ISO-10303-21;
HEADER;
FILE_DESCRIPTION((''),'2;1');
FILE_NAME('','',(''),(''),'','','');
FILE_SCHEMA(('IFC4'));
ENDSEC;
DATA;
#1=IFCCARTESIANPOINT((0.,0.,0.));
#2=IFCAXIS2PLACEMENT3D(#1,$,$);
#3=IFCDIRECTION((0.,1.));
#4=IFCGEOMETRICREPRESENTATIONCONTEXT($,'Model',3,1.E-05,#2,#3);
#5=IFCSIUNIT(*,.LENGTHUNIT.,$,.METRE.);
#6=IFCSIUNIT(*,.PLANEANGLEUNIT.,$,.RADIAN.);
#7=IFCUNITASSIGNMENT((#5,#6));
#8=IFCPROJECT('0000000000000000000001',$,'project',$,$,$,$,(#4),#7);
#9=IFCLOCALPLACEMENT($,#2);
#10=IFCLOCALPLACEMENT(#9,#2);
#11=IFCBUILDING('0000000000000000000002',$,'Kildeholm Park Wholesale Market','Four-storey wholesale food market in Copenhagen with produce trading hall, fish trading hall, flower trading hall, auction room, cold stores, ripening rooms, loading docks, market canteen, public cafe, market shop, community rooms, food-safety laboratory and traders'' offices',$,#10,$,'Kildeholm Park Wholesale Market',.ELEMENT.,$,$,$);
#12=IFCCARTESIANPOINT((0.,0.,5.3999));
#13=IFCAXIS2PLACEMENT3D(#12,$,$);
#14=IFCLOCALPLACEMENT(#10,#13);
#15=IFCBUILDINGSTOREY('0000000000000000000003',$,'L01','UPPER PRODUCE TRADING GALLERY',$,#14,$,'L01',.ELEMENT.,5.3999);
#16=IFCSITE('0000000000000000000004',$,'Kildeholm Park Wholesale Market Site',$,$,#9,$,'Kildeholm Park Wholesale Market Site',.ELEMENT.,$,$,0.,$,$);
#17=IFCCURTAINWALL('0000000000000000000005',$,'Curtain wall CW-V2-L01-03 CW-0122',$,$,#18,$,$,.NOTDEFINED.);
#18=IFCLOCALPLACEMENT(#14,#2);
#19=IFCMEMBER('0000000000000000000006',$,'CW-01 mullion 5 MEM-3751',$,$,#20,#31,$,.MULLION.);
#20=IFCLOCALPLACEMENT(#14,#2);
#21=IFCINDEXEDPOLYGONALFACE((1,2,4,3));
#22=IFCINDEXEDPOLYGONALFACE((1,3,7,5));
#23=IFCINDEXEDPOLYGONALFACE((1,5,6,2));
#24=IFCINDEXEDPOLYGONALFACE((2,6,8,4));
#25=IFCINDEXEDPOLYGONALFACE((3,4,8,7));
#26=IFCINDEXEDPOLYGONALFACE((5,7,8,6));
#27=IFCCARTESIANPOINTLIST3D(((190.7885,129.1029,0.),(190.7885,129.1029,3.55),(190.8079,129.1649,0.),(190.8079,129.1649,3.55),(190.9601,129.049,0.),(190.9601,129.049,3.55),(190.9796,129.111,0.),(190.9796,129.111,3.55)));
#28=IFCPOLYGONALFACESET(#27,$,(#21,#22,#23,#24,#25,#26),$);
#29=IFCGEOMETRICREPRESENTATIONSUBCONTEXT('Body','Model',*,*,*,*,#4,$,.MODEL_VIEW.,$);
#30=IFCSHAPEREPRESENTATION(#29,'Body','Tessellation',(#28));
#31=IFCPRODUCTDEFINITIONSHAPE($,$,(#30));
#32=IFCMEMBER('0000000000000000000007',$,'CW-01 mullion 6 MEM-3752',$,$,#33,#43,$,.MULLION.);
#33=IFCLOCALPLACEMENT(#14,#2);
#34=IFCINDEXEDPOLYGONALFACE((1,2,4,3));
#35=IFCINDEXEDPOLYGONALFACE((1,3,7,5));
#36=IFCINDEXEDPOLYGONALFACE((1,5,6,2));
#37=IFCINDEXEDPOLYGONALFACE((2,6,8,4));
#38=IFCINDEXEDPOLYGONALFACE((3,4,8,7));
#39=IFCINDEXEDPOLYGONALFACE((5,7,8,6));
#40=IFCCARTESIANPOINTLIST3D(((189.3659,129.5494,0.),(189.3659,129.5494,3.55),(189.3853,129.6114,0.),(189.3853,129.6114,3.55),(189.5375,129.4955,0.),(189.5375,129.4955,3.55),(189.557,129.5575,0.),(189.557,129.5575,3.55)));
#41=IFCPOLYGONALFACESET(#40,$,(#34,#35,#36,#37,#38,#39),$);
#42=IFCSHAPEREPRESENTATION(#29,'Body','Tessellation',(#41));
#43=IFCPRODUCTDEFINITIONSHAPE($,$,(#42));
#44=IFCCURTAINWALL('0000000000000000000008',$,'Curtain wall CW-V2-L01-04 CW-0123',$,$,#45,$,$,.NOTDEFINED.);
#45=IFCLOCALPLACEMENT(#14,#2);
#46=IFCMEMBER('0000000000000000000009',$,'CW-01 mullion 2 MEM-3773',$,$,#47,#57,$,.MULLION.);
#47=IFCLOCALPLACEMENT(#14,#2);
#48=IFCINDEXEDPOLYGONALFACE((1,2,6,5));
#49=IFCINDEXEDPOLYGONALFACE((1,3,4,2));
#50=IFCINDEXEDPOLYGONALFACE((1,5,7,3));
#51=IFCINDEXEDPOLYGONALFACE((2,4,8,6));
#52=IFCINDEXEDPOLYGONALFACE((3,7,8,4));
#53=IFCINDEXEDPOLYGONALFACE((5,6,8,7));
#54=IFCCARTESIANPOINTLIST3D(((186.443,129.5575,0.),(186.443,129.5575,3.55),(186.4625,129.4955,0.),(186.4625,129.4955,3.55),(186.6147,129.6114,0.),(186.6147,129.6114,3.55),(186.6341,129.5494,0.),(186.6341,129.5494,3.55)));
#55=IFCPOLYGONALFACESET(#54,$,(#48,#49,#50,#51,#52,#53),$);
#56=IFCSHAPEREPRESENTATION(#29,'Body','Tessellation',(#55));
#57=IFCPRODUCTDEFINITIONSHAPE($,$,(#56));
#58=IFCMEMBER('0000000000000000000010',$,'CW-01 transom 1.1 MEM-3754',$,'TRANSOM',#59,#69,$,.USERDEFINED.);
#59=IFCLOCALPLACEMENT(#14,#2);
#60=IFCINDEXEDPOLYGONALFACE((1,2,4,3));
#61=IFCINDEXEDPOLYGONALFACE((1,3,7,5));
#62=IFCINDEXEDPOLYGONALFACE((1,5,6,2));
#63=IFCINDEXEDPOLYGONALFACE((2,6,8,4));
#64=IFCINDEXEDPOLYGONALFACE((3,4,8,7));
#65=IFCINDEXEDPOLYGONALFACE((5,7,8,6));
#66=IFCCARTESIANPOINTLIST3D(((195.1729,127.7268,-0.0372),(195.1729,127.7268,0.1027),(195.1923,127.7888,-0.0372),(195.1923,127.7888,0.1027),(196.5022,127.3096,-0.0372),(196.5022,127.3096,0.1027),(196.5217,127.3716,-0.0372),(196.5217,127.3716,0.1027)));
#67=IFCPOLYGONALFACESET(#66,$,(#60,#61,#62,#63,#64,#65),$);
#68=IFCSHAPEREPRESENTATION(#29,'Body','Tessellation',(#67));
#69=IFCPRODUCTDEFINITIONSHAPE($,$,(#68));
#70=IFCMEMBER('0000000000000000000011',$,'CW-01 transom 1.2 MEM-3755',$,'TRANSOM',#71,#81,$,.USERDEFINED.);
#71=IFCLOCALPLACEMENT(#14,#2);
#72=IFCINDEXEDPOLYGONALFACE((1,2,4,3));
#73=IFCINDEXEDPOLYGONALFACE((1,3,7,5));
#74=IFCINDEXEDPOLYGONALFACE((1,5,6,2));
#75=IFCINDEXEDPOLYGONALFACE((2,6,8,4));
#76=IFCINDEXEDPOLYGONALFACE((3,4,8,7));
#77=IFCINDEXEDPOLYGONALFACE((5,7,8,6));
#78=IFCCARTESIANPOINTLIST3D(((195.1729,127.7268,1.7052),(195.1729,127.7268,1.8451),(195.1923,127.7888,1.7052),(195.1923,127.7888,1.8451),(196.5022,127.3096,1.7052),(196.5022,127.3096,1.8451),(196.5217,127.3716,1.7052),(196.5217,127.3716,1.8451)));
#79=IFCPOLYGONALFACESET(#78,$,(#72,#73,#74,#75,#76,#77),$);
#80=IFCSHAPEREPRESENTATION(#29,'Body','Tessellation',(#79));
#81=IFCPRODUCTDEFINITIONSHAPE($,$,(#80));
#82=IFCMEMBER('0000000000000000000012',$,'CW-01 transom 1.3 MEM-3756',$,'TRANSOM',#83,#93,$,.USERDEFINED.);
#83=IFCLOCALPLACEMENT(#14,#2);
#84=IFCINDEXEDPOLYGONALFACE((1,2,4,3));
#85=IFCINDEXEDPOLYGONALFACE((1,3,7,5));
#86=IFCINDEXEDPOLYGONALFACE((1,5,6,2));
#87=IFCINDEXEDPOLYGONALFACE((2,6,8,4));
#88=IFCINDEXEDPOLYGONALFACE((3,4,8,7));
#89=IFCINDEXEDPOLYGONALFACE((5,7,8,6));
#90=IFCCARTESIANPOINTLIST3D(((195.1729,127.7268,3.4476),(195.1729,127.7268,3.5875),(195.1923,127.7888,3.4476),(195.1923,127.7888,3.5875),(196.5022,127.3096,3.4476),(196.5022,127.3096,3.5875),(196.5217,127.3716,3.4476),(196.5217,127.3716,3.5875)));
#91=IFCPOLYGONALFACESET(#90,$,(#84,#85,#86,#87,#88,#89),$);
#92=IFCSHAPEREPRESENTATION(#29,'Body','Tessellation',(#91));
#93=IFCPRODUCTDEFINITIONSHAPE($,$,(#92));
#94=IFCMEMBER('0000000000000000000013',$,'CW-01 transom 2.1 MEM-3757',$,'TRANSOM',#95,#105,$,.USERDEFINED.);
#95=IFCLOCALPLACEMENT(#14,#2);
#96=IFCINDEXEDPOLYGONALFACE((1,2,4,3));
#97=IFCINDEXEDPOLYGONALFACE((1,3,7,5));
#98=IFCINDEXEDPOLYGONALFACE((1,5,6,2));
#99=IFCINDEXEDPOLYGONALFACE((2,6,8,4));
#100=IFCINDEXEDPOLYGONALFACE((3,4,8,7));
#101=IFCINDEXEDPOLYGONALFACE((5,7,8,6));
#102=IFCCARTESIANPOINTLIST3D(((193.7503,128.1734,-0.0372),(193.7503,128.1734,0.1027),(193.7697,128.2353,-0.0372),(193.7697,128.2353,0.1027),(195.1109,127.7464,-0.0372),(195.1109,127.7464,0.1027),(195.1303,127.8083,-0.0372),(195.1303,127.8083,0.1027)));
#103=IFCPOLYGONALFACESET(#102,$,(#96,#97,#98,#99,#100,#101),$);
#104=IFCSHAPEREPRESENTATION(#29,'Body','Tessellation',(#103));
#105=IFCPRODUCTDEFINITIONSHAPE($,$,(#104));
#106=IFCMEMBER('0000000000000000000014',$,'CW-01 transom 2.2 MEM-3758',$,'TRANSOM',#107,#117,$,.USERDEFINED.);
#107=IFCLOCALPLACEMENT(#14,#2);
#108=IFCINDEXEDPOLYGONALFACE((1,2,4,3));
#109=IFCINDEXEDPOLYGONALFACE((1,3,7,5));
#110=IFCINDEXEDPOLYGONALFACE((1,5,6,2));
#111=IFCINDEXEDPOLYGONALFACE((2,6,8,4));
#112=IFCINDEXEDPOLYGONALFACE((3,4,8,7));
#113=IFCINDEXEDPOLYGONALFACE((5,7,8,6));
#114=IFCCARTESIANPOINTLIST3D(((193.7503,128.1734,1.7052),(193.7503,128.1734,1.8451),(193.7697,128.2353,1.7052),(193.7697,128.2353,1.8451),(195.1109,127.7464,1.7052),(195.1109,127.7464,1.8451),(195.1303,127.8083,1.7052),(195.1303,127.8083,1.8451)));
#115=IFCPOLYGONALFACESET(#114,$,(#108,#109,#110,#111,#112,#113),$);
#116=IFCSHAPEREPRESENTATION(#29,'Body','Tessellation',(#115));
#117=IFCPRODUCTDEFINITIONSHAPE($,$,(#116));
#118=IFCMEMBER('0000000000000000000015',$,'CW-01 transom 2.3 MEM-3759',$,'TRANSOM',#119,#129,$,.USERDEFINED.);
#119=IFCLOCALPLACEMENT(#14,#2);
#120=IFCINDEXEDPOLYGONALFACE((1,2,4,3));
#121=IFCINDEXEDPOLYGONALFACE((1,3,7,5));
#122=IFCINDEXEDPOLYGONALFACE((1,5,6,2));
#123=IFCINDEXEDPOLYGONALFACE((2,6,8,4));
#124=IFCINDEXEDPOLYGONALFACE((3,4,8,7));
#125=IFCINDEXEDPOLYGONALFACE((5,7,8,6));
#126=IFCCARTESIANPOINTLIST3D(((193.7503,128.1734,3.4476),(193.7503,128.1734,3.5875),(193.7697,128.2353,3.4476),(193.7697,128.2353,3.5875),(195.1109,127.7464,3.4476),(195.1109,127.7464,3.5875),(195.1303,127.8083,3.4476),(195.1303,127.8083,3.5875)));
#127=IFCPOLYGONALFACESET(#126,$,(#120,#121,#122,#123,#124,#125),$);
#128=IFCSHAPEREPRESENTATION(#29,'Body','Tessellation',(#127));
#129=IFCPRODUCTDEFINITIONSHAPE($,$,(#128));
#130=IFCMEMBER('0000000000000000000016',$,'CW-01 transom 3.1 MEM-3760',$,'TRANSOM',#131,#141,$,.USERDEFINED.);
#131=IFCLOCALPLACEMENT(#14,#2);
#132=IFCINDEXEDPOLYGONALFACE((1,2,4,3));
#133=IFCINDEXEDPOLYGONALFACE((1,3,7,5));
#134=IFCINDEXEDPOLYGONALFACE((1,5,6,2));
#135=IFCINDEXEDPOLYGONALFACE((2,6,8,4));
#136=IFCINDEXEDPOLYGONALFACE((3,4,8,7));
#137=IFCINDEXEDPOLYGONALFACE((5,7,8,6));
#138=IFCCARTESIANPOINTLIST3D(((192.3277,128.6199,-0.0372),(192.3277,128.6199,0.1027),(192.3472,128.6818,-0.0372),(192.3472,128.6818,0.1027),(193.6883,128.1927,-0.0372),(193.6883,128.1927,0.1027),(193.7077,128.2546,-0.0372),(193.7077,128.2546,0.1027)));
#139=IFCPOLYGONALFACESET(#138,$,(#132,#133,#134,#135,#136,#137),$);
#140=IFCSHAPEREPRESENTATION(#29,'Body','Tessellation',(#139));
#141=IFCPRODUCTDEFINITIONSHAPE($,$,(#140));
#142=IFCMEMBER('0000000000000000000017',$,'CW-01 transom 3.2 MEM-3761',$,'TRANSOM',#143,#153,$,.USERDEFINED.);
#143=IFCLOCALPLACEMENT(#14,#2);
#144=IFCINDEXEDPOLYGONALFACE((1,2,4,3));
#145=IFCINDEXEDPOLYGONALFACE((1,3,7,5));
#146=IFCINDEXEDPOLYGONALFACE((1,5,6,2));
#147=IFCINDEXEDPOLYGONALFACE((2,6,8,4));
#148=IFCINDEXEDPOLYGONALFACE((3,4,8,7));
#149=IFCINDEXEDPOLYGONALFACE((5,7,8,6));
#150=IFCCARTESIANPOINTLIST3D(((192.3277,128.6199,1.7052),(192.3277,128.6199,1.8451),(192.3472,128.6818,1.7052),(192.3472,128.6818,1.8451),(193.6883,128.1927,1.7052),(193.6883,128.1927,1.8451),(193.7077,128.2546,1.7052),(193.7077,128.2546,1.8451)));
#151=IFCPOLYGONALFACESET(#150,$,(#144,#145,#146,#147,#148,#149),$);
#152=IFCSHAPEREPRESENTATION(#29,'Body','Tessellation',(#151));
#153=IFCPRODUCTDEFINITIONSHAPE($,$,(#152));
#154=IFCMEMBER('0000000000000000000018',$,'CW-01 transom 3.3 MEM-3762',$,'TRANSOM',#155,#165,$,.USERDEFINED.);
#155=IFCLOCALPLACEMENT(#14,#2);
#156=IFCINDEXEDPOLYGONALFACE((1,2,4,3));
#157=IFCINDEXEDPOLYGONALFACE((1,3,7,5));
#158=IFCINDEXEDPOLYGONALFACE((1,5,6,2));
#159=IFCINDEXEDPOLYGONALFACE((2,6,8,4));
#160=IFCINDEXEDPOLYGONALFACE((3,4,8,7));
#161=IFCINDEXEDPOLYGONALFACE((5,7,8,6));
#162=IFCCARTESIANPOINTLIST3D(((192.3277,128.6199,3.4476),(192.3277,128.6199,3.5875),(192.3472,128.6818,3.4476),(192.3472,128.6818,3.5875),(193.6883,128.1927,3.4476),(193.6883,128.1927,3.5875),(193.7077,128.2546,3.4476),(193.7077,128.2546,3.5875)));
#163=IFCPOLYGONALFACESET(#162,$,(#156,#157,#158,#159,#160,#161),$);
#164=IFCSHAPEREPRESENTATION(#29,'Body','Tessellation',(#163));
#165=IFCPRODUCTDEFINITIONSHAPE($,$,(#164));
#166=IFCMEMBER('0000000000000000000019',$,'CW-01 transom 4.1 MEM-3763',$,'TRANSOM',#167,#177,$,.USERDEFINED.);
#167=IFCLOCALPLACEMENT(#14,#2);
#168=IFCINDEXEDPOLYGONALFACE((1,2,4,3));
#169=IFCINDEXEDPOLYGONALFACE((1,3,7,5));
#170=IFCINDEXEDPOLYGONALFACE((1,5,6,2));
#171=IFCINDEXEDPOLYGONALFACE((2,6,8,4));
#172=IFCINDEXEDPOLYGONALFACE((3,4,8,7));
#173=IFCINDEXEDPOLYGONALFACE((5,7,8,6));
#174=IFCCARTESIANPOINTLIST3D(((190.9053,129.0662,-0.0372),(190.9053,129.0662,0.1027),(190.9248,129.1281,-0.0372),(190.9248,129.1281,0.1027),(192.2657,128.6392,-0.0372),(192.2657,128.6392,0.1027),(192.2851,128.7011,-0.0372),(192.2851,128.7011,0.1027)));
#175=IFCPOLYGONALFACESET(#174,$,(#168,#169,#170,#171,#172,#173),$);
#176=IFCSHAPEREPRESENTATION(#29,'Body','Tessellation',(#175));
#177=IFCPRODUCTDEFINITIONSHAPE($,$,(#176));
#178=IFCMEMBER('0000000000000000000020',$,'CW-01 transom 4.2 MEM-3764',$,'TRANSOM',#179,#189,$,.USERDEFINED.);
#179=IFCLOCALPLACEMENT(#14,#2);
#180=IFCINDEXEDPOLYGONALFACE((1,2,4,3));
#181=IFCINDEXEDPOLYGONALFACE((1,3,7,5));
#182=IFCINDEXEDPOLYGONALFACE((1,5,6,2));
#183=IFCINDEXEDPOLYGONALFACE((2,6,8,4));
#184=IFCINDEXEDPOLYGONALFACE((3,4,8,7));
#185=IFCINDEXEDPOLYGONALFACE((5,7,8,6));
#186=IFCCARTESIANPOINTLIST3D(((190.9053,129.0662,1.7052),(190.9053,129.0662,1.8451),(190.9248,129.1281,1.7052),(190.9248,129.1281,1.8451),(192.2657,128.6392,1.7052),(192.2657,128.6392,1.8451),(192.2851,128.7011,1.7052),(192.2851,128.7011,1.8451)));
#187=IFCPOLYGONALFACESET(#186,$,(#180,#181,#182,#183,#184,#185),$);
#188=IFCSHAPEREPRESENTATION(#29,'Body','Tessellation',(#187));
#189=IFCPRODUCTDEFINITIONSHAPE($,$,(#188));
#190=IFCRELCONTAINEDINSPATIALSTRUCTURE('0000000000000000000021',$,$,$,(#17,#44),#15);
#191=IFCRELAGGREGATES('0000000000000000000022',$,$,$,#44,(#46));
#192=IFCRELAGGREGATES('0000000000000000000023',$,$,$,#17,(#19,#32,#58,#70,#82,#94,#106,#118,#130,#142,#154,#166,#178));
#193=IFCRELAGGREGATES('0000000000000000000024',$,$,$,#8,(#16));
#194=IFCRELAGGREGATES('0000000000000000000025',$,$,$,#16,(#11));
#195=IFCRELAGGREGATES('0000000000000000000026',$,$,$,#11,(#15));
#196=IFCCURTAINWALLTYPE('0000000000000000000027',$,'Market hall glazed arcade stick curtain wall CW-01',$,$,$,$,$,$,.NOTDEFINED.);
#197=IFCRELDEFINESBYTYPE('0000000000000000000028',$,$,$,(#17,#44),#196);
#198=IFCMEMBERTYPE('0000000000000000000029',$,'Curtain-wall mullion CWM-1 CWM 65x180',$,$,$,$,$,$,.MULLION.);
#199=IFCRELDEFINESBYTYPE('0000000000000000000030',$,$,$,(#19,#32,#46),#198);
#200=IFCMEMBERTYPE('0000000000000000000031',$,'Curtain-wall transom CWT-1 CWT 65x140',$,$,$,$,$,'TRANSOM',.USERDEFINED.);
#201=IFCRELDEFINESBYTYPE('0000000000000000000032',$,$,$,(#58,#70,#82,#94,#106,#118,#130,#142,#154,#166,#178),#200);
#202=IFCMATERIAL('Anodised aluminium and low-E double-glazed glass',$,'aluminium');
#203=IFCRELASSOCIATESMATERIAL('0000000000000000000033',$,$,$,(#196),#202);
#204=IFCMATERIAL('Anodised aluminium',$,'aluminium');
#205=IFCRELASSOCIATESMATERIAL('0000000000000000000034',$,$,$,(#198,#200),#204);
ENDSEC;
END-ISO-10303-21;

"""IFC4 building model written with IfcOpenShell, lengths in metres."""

from ifc_helpers import new_model, si_unit, direction, frame, origin, origin_2d, place, context, subcontext, project, spatial, rectangle, extrude, material, material_profile, profile_set, type_object, element, aggregate, save


model = new_model("IFC4")

# Units and contexts
model_context = context("Model", 3, precision=1e-05, world=origin(), true_north=direction((0.0, 1.0)))
body_context = subcontext(model_context, "Body", "Model", "MODEL_VIEW")
ifc_project = project(units=[si_unit("LENGTHUNIT", "METRE"), si_unit("PLANEANGLEUNIT", "RADIAN")], contexts=[model_context])

# Site, building, storey
site_placement = place(None, origin())
site = spatial("IfcSite", under=ifc_project, at=site_placement, Name="Kildeholm Park Wholesale Market Site", LongName="Kildeholm Park Wholesale Market Site", CompositionType="ELEMENT", RefElevation=0.0)
building_placement = place(site_placement, origin())
building = spatial("IfcBuilding", under=site, at=building_placement, Name="Kildeholm Park Wholesale Market", Description="Four-storey wholesale food market in Copenhagen with produce trading hall, fish trading hall, flower trading hall, auction room, cold stores, ripening rooms, loading docks, market canteen, public cafe, market shop, community rooms, food-safety laboratory and traders' offices", LongName="Kildeholm Park Wholesale Market", CompositionType="ELEMENT")
storey_placement = place(building_placement, frame((0.0, 0.0, 5.3999)))
storey = spatial("IfcBuildingStorey", under=building, at=storey_placement, Name="L01", Description="UPPER PRODUCE TRADING GALLERY", LongName="L01", CompositionType="ELEMENT", Elevation=5.3999)

# Shared definitions
ifc_material_1 = material(Name="Anodised aluminium and low-E double-glazed glass", Category="aluminium")
curtain_wall_type = type_object("IfcCurtainWallType", Name="Market hall glazed arcade stick curtain wall CW-01", PredefinedType="NOTDEFINED", material=ifc_material_1)
ifc_material_2 = material(Name="Anodised aluminium", Category="aluminium")
ifc_material_profile_1 = material_profile(ifc_material_2, rectangle(XDim=0.0649, YDim=0.1799, at=origin_2d()), Name="CWM 65x180")
ifc_profile_set_1 = profile_set([ifc_material_profile_1], Name="Anodised aluminium")
member_type_1 = type_object("IfcMemberType", Name="Curtain-wall mullion CWM-1 CWM 65x180", PredefinedType="MULLION", material=ifc_profile_set_1)

# Curtain wall, members
curtain_wall_1_placement = place(storey_placement, origin())
curtain_wall_1 = element("IfcCurtainWall", 1, at=curtain_wall_1_placement, inside=storey, type_object=curtain_wall_type, Name="Curtain wall CW-V2-L01-03 CW-0122", PredefinedType="NOTDEFINED")
member_1_placement = place(storey_placement, frame((190.884, 129.1069, 0.0), z_axis=(0.0, 0.0, 1.0), x_axis=(-0.299478, -0.954103, 0.0)))
member_1 = element("IfcMember", 2, at=member_1_placement, type_object=member_type_1, Name="CW-01 mullion 5 MEM-3751", PredefinedType="MULLION", context=body_context, shape_type="SweptSolid", body=[
    extrude(rectangle(XDim=0.0649, YDim=0.1799, at=origin_2d()), origin(), (0.0, 0.0, 1.0), 3.55),
])
member_2_placement = place(storey_placement, frame((189.4614, 129.5535, 0.0), z_axis=(0.0, 0.0, 1.0), x_axis=(-0.299478, -0.954103, 0.0)))
member_2 = element("IfcMember", 3, at=member_2_placement, type_object=member_type_1, Name="CW-01 mullion 6 MEM-3752", PredefinedType="MULLION", context=body_context, shape_type="SweptSolid", body=[
    extrude(rectangle(XDim=0.0649, YDim=0.1799, at=origin_2d()), origin(), (0.0, 0.0, 1.0), 3.55),
])

# Curtain wall, member
curtain_wall_2_placement = place(storey_placement, origin())
curtain_wall_2 = element("IfcCurtainWall", 4, at=curtain_wall_2_placement, inside=storey, type_object=curtain_wall_type, Name="Curtain wall CW-V2-L01-04 CW-0123", PredefinedType="NOTDEFINED")
member_3_placement = place(storey_placement, frame((186.5386, 129.5535, 0.0), z_axis=(0.0, 0.0, 1.0), x_axis=(0.299478, -0.954103, 0.0)))
member_3 = element("IfcMember", 5, at=member_3_placement, type_object=member_type_1, Name="CW-01 mullion 2 MEM-3773", PredefinedType="MULLION", context=body_context, shape_type="SweptSolid", body=[
    extrude(rectangle(XDim=0.0649, YDim=0.1799, at=origin_2d()), origin(), (0.0, 0.0, 1.0), 3.55),
])
aggregate(curtain_wall_2, [member_3])

# Members
ifc_material_profile_2 = material_profile(ifc_material_2, rectangle(XDim=0.0649, YDim=0.1399, at=origin_2d()), Name="CWT 65x140")
ifc_profile_set_2 = profile_set([ifc_material_profile_2], Name="Anodised aluminium")
member_type_2 = type_object("IfcMemberType", Name="Curtain-wall transom CWT-1 CWT 65x140", ElementType="TRANSOM", PredefinedType="USERDEFINED", material=ifc_profile_set_2)
member_4_placement = place(storey_placement, frame((196.512, 127.3406, 0.0327), z_axis=(-0.954108, 0.299462, 0.0), x_axis=(-0.299462, -0.954108, 0.0)))
member_4 = element("IfcMember", 6, at=member_4_placement, type_object=member_type_2, Name="CW-01 transom 1.1 MEM-3754", ObjectType="TRANSOM", PredefinedType="USERDEFINED", context=body_context, shape_type="SweptSolid", body=[
    extrude(rectangle(XDim=0.0649, YDim=0.1399, at=origin_2d()), origin(), (0.0, 0.0, 1.0), 1.3933),
])
member_5_placement = place(storey_placement, frame((196.512, 127.3406, 1.7751), z_axis=(-0.954108, 0.299462, 0.0), x_axis=(-0.299462, -0.954108, 0.0)))
member_5 = element("IfcMember", 7, at=member_5_placement, type_object=member_type_2, Name="CW-01 transom 1.2 MEM-3755", ObjectType="TRANSOM", PredefinedType="USERDEFINED", context=body_context, shape_type="SweptSolid", body=[
    extrude(rectangle(XDim=0.0649, YDim=0.1399, at=origin_2d()), origin(), (0.0, 0.0, 1.0), 1.3933),
])
member_6_placement = place(storey_placement, frame((196.512, 127.3406, 3.5176), z_axis=(-0.954108, 0.299462, 0.0), x_axis=(-0.299462, -0.954108, 0.0)))
member_6 = element("IfcMember", 8, at=member_6_placement, type_object=member_type_2, Name="CW-01 transom 1.3 MEM-3756", ObjectType="TRANSOM", PredefinedType="USERDEFINED", context=body_context, shape_type="SweptSolid", body=[
    extrude(rectangle(XDim=0.0649, YDim=0.1399, at=origin_2d()), origin(), (0.0, 0.0, 1.0), 1.3933),
])
member_7_placement = place(storey_placement, frame((195.1206, 127.7773, 0.0327), z_axis=(-0.954117, 0.299435, 0.0), x_axis=(-0.299435, -0.954117, 0.0)))
member_7 = element("IfcMember", 9, at=member_7_placement, type_object=member_type_2, Name="CW-01 transom 2.1 MEM-3757", ObjectType="TRANSOM", PredefinedType="USERDEFINED", context=body_context, shape_type="SweptSolid", body=[
    extrude(rectangle(XDim=0.0649, YDim=0.1399, at=origin_2d()), origin(), (0.0, 0.0, 1.0), 1.426),
])
member_8_placement = place(storey_placement, frame((195.1206, 127.7773, 1.7751), z_axis=(-0.954117, 0.299435, 0.0), x_axis=(-0.299435, -0.954117, 0.0)))
member_8 = element("IfcMember", 10, at=member_8_placement, type_object=member_type_2, Name="CW-01 transom 2.2 MEM-3758", ObjectType="TRANSOM", PredefinedType="USERDEFINED", context=body_context, shape_type="SweptSolid", body=[
    extrude(rectangle(XDim=0.0649, YDim=0.1399, at=origin_2d()), origin(), (0.0, 0.0, 1.0), 1.426),
])
member_9_placement = place(storey_placement, frame((195.1206, 127.7773, 3.5176), z_axis=(-0.954117, 0.299435, 0.0), x_axis=(-0.299435, -0.954117, 0.0)))
member_9 = element("IfcMember", 11, at=member_9_placement, type_object=member_type_2, Name="CW-01 transom 2.3 MEM-3759", ObjectType="TRANSOM", PredefinedType="USERDEFINED", context=body_context, shape_type="SweptSolid", body=[
    extrude(rectangle(XDim=0.0649, YDim=0.1399, at=origin_2d()), origin(), (0.0, 0.0, 1.0), 1.426),
])
member_10_placement = place(storey_placement, frame((193.698, 128.2236, 0.0327), z_axis=(-0.954068, 0.299591, 0.0), x_axis=(-0.299591, -0.954068, 0.0)))
member_10 = element("IfcMember", 12, at=member_10_placement, type_object=member_type_2, Name="CW-01 transom 3.1 MEM-3760", ObjectType="TRANSOM", PredefinedType="USERDEFINED", context=body_context, shape_type="SweptSolid", body=[
    extrude(rectangle(XDim=0.0649, YDim=0.1399, at=origin_2d()), origin(), (0.0, 0.0, 1.0), 1.426),
])
member_11_placement = place(storey_placement, frame((193.698, 128.2236, 1.7751), z_axis=(-0.954068, 0.299591, 0.0), x_axis=(-0.299591, -0.954068, 0.0)))
member_11 = element("IfcMember", 13, at=member_11_placement, type_object=member_type_2, Name="CW-01 transom 3.2 MEM-3761", ObjectType="TRANSOM", PredefinedType="USERDEFINED", context=body_context, shape_type="SweptSolid", body=[
    extrude(rectangle(XDim=0.0649, YDim=0.1399, at=origin_2d()), origin(), (0.0, 0.0, 1.0), 1.426),
])
member_12_placement = place(storey_placement, frame((193.698, 128.2236, 3.5176), z_axis=(-0.954068, 0.299591, 0.0), x_axis=(-0.299591, -0.954068, 0.0)))
member_12 = element("IfcMember", 14, at=member_12_placement, type_object=member_type_2, Name="CW-01 transom 3.3 MEM-3762", ObjectType="TRANSOM", PredefinedType="USERDEFINED", context=body_context, shape_type="SweptSolid", body=[
    extrude(rectangle(XDim=0.0649, YDim=0.1399, at=origin_2d()), origin(), (0.0, 0.0, 1.0), 1.426),
])
member_13_placement = place(storey_placement, frame((192.2754, 128.6702, 0.0327), z_axis=(-0.954101, 0.299484, 0.0), x_axis=(-0.299484, -0.954101, 0.0)))
member_13 = element("IfcMember", 15, at=member_13_placement, type_object=member_type_2, Name="CW-01 transom 4.1 MEM-3763", ObjectType="TRANSOM", PredefinedType="USERDEFINED", context=body_context, shape_type="SweptSolid", body=[
    extrude(rectangle(XDim=0.0649, YDim=0.1399, at=origin_2d()), origin(), (0.0, 0.0, 1.0), 1.4258),
])
member_14_placement = place(storey_placement, frame((192.2754, 128.6702, 1.7751), z_axis=(-0.954101, 0.299484, 0.0), x_axis=(-0.299484, -0.954101, 0.0)))
member_14 = element("IfcMember", 16, at=member_14_placement, type_object=member_type_2, Name="CW-01 transom 4.2 MEM-3764", ObjectType="TRANSOM", PredefinedType="USERDEFINED", context=body_context, shape_type="SweptSolid", body=[
    extrude(rectangle(XDim=0.0649, YDim=0.1399, at=origin_2d()), origin(), (0.0, 0.0, 1.0), 1.4258),
])

aggregate(curtain_wall_1, [member_1, member_2, member_4, member_5, member_6, member_7, member_8, member_9, member_10, member_11, member_12, member_13, member_14])

save(model, "model.ifc")
